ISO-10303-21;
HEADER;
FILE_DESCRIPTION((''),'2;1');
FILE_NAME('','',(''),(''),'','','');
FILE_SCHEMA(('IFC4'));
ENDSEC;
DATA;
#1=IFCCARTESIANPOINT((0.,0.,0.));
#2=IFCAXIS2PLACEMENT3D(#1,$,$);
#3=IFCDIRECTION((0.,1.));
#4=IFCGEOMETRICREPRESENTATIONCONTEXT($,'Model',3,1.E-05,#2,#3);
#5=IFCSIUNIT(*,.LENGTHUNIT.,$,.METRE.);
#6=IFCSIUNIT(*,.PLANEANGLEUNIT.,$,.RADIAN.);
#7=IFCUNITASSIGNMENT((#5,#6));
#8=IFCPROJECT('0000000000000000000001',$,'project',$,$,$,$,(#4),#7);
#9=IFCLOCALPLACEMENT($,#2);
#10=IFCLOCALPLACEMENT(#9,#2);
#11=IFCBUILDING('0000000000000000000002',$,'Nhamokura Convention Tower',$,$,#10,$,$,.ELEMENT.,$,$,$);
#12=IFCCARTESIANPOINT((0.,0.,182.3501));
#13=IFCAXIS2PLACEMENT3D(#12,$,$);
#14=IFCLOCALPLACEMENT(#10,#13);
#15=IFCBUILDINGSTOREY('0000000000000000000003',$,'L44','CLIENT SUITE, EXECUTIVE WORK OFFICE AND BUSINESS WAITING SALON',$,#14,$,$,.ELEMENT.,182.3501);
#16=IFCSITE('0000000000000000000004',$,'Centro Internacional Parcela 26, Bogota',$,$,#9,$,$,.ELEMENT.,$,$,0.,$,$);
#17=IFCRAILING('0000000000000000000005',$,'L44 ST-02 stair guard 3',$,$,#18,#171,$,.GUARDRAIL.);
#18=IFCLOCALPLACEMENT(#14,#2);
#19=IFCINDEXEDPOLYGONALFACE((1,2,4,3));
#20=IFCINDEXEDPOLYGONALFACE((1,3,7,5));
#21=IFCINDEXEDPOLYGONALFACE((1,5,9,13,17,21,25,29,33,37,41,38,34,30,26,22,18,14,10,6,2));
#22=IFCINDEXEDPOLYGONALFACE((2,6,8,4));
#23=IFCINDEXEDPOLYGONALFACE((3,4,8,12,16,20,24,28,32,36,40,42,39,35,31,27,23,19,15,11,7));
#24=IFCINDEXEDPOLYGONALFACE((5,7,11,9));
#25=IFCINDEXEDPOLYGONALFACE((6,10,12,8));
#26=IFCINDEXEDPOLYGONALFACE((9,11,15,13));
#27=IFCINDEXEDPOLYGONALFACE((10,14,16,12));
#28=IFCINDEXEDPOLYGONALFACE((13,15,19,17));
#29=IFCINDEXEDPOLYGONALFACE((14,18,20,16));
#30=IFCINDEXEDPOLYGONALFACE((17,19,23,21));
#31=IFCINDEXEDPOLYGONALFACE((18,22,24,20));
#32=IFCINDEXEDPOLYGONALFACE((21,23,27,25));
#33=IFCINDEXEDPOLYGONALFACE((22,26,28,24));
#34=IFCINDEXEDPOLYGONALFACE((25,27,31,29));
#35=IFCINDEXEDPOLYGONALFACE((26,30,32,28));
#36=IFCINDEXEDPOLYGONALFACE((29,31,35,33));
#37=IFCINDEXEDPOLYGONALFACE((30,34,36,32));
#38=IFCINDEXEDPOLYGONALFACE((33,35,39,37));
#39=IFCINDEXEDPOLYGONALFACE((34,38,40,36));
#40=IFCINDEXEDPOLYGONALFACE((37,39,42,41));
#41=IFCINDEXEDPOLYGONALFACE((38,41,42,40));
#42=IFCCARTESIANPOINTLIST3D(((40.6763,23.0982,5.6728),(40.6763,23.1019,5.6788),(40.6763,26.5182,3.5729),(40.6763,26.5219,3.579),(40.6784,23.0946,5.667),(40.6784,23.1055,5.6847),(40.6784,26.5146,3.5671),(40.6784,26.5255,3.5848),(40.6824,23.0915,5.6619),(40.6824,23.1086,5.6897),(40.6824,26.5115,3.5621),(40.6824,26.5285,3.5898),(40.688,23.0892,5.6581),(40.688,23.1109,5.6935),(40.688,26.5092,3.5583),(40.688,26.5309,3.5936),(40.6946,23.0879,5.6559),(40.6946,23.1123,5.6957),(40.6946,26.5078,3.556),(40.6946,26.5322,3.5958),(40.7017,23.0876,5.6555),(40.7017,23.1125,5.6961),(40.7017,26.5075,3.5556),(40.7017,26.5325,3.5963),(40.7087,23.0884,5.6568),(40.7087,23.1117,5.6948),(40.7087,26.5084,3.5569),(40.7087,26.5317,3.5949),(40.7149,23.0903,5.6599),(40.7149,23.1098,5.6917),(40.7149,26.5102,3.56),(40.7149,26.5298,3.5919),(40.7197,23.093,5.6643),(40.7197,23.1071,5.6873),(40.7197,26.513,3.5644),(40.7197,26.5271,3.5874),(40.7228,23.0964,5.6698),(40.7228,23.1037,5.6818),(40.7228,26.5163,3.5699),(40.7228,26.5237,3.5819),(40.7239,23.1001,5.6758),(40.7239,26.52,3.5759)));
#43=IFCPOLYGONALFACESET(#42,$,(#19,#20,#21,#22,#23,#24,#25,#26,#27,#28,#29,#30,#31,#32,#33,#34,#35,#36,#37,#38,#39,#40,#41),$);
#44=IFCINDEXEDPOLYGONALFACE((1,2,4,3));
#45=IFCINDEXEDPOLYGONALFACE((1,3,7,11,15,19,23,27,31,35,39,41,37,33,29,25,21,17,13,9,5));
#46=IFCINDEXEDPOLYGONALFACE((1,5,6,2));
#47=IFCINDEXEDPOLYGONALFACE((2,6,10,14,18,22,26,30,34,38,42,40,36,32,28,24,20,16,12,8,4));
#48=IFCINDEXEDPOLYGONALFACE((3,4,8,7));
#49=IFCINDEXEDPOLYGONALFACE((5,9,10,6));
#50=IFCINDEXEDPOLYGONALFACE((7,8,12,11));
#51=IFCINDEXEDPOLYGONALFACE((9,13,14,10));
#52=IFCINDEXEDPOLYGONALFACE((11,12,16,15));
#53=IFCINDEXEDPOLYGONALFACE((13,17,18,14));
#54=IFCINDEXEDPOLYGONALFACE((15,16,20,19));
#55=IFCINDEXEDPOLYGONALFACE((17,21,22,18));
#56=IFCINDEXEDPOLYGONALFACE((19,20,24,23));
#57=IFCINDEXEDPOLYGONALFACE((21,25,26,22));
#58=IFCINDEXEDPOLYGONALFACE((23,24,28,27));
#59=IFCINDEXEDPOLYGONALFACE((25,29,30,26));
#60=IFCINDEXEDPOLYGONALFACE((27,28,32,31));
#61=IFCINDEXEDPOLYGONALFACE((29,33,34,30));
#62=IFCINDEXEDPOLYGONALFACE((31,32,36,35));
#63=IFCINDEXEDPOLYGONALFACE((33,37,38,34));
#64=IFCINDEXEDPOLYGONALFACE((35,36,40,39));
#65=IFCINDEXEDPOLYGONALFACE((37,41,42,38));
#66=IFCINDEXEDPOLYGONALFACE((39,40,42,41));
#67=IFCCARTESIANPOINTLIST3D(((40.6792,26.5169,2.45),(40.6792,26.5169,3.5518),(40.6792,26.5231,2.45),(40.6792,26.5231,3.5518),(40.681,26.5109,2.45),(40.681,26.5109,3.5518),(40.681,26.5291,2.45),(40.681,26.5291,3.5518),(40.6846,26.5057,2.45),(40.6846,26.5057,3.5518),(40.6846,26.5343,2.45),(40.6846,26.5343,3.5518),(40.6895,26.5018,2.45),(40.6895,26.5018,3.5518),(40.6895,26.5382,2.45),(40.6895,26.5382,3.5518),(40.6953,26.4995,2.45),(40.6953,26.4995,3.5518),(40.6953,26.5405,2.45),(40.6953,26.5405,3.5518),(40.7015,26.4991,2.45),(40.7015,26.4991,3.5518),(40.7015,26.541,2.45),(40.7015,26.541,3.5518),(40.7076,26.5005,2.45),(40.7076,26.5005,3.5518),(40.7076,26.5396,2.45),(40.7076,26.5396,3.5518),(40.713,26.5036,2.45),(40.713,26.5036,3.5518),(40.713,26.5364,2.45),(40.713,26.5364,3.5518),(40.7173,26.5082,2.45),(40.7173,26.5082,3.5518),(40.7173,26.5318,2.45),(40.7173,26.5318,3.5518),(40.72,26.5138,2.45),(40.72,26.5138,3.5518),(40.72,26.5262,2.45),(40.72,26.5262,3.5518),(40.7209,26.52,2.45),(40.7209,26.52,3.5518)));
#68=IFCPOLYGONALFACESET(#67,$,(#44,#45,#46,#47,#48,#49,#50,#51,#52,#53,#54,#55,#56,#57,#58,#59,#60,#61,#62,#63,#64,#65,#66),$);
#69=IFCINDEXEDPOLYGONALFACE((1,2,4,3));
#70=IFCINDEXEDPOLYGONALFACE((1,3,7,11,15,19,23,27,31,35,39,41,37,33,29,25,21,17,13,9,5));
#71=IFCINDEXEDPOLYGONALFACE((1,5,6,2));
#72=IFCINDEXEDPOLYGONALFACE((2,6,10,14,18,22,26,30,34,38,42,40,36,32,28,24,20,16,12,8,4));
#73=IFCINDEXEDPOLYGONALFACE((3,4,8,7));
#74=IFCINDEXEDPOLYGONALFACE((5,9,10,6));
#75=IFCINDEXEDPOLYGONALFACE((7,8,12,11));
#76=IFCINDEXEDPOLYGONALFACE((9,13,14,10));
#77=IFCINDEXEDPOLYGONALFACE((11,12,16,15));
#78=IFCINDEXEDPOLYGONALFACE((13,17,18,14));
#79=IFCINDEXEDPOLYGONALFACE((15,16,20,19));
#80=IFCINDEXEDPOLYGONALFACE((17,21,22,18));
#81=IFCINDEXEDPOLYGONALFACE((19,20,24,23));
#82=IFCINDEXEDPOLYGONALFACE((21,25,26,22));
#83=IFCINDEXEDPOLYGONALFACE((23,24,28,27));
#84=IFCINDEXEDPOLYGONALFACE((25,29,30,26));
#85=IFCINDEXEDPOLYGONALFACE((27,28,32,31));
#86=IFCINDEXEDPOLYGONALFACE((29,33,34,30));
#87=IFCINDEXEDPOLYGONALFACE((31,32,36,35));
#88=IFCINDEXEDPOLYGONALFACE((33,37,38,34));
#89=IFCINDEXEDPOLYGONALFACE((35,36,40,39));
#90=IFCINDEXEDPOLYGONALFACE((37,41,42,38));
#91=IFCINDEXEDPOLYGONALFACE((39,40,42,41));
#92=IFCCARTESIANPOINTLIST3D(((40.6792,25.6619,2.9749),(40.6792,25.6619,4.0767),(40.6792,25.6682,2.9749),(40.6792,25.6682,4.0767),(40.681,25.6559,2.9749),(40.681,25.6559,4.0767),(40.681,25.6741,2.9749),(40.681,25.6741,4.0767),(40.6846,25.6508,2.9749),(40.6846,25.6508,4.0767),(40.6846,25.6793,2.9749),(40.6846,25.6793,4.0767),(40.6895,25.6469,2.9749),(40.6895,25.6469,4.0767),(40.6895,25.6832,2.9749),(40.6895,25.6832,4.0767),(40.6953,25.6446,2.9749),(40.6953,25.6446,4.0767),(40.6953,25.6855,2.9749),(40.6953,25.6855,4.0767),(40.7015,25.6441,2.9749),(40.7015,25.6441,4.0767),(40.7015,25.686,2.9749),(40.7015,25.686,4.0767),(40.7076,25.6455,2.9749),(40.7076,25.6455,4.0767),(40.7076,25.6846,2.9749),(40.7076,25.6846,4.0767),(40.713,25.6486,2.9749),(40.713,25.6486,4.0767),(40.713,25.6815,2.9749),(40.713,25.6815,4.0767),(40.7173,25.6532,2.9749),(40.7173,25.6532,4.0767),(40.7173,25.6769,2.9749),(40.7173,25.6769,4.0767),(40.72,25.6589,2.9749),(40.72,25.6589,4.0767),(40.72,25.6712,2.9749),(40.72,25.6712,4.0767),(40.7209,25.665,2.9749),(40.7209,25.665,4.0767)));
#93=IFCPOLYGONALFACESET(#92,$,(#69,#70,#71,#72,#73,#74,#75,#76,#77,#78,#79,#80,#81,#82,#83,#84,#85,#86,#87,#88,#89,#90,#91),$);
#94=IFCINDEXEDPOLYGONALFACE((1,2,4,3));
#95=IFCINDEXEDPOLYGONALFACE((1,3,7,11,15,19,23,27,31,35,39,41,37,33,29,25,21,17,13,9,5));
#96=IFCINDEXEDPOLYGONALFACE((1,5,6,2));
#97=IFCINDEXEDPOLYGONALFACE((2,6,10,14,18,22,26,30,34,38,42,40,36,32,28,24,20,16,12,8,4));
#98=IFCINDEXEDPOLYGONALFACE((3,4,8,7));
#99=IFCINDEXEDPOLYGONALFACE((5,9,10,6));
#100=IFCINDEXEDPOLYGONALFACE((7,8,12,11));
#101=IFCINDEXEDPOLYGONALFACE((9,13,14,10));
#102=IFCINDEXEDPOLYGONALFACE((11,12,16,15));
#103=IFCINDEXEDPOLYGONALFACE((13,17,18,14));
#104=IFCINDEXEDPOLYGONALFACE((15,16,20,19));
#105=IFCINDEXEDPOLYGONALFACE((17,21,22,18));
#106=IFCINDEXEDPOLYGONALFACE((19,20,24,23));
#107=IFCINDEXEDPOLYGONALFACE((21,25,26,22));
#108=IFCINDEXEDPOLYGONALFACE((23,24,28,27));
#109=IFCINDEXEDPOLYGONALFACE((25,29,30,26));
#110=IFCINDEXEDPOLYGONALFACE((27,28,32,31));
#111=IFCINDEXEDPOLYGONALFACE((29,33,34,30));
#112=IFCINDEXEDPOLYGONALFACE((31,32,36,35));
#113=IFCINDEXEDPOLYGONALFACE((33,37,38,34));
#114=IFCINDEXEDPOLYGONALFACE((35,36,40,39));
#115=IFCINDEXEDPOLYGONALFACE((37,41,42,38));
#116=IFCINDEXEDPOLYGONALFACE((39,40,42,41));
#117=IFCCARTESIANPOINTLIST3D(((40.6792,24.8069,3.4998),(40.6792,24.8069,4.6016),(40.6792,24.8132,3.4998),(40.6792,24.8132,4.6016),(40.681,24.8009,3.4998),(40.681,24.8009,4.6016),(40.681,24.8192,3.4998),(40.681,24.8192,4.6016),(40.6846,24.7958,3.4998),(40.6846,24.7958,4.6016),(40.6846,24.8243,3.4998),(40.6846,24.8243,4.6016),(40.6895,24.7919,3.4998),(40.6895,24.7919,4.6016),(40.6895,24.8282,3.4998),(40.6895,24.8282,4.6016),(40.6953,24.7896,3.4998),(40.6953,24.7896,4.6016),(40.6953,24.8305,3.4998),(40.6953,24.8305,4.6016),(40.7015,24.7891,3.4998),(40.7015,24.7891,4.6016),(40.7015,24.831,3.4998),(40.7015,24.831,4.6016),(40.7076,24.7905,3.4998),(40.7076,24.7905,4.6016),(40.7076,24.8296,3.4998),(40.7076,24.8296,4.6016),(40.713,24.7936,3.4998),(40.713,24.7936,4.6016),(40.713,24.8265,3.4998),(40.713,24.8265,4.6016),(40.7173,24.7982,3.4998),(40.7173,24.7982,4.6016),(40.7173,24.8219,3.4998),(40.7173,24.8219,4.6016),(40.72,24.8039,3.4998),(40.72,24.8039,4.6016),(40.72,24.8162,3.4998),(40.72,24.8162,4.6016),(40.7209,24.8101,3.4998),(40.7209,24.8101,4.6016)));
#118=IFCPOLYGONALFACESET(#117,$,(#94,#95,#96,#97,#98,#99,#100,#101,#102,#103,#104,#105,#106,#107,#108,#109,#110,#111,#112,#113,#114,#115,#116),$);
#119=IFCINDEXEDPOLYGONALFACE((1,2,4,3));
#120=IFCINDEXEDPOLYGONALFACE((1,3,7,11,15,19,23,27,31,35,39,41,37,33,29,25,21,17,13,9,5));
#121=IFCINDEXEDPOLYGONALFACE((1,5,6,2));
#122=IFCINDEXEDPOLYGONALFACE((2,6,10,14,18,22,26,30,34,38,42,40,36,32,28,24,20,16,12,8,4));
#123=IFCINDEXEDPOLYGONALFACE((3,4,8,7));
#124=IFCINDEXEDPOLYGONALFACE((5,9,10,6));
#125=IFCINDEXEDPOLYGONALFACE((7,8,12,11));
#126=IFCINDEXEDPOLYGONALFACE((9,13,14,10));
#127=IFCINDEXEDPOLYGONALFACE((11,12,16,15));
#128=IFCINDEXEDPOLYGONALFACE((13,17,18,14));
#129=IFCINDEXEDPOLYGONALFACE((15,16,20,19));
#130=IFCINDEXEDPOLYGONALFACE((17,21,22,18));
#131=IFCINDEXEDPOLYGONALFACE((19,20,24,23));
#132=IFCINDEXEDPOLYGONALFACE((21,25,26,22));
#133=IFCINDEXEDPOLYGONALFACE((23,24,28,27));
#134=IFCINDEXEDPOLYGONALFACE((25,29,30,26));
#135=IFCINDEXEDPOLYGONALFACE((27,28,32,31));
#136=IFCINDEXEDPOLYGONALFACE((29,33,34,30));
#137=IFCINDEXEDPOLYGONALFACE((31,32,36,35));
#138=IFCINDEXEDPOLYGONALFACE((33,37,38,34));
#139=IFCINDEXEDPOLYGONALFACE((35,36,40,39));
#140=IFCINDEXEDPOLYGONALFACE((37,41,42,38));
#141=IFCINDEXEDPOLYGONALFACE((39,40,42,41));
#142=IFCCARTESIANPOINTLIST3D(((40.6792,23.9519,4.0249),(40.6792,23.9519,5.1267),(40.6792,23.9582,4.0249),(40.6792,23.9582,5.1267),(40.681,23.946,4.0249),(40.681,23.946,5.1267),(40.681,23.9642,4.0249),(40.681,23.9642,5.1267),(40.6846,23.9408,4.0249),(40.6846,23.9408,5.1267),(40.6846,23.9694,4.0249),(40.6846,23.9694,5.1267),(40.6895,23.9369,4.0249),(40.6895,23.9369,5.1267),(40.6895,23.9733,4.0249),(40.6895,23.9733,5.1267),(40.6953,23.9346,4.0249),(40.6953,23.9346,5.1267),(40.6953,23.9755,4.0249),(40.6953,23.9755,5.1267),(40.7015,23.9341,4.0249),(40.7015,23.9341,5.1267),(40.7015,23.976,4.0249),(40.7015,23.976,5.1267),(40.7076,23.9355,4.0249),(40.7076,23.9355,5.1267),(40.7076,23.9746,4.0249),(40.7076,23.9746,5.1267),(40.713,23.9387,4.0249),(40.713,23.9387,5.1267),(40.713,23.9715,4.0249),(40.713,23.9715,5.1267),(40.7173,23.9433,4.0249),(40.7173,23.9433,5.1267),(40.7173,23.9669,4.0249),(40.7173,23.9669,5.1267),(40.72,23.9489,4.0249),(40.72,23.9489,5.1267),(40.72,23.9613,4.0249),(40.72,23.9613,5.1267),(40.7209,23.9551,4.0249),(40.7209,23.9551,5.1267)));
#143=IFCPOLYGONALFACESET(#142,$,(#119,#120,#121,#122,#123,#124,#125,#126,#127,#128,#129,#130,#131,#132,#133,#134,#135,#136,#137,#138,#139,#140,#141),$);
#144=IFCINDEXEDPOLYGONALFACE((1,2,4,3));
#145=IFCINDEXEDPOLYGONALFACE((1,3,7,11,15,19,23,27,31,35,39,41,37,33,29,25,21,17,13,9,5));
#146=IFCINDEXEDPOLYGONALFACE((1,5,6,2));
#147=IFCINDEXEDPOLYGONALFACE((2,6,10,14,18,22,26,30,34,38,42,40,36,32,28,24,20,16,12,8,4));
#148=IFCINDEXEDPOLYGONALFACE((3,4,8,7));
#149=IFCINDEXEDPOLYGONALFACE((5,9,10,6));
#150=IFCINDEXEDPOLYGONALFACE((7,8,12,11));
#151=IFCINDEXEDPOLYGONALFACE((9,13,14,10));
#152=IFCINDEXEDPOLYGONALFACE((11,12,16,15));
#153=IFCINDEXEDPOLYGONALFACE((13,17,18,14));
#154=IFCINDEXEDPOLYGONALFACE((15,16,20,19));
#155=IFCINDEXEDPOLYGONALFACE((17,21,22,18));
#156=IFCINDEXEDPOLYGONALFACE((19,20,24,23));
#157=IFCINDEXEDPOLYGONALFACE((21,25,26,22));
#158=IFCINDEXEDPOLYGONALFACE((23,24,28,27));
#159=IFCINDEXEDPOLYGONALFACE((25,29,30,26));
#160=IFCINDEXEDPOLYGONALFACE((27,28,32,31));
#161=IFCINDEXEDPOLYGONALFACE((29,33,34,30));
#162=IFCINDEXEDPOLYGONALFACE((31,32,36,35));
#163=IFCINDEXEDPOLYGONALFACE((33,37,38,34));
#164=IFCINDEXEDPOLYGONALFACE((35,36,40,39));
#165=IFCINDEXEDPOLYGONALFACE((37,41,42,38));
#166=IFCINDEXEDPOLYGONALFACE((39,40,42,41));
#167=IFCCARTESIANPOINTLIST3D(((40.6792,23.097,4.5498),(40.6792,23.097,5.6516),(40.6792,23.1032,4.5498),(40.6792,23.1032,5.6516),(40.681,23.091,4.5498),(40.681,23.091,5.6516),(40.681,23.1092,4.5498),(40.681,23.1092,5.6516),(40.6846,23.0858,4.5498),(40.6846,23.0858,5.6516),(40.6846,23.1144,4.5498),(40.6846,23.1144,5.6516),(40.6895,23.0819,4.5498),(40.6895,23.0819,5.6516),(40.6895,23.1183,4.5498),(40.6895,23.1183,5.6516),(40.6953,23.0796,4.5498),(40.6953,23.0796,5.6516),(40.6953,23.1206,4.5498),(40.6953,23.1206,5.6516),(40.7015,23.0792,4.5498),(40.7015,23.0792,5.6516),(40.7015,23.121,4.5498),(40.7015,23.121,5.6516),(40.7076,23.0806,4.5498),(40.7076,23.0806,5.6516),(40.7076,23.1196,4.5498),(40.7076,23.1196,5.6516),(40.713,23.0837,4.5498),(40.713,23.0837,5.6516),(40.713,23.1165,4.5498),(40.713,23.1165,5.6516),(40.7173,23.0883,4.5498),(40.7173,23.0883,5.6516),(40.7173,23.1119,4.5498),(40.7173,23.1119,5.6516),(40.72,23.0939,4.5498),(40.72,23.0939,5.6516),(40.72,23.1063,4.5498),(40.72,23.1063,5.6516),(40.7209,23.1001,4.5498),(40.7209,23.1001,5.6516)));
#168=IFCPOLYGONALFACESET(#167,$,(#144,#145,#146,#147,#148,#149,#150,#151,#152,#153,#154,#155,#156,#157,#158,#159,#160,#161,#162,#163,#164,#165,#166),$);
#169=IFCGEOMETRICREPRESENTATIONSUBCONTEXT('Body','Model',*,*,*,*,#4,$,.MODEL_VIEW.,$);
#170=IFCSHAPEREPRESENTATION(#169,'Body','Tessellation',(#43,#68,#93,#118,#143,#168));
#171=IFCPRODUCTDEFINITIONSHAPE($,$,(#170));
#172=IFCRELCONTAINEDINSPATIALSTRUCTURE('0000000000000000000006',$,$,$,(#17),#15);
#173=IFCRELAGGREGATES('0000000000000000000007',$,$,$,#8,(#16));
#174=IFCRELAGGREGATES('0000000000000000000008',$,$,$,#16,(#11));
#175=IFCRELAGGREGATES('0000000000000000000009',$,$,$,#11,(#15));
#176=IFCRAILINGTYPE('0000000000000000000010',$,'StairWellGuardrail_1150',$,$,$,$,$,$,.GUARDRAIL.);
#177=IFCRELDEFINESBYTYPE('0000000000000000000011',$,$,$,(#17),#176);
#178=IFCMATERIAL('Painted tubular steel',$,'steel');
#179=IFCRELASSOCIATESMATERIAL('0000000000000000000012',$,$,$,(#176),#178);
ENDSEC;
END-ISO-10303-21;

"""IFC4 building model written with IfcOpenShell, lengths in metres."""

from ifc_helpers import new_model, si_unit, direction, frame, origin, origin_2d, place, context, subcontext, project, spatial, circle, extrude, material, type_object, element, save


model = new_model("IFC4")

# Units and contexts
model_context = context("Model", 3, precision=1e-05, world=origin(), true_north=direction((0.0, 1.0)))
body_context = subcontext(model_context, "Body", "Model", "MODEL_VIEW")
ifc_project = project(units=[si_unit("LENGTHUNIT", "METRE"), si_unit("PLANEANGLEUNIT", "RADIAN")], contexts=[model_context])

# Site, building, storey
site_placement = place(None, origin())
site = spatial("IfcSite", under=ifc_project, at=site_placement, Name="Centro Internacional Parcela 26, Bogota", CompositionType="ELEMENT", RefElevation=0.0)
building_placement = place(site_placement, origin())
building = spatial("IfcBuilding", under=site, at=building_placement, Name="Nhamokura Convention Tower", CompositionType="ELEMENT")
storey_placement = place(building_placement, frame((0.0, 0.0, 182.3501)))
storey = spatial("IfcBuildingStorey", under=building, at=storey_placement, Name="L44", Description="CLIENT SUITE, EXECUTIVE WORK OFFICE AND BUSINESS WAITING SALON", CompositionType="ELEMENT", Elevation=182.3501)

# Railing
ifc_material_1 = material(Name="Painted tubular steel", Category="steel")
railing_type_1 = type_object("IfcRailingType", Name="StairWellGuardrail_1150", PredefinedType="GUARDRAIL", material=ifc_material_1)
railing_1_placement = place(storey_placement, frame((40.7, 26.52, 2.45)))
element("IfcRailing", 1, at=railing_1_placement, inside=storey, type_object=railing_type_1, Name="L44 ST-02 stair guard 3", PredefinedType="GUARDRAIL", context=body_context, shape_type="SweptSolid", body=[
    extrude(circle(Radius=0.0239, at=origin_2d()), frame((0.0, 0.0, 1.126), z_axis=(0.0, -0.852182, 0.523245), x_axis=(1.0, 0.0, 0.0)), (0.0, 0.0, 1.0), 4.0132),
    extrude(circle(Radius=0.021, at=origin_2d()), origin(), (0.0, 0.0, 1.0), 1.1018),
    extrude(circle(Radius=0.021, at=origin_2d()), frame((0.0, -0.855, 0.5249)), (0.0, 0.0, 1.0), 1.1018),
    extrude(circle(Radius=0.021, at=origin_2d()), frame((0.0, -1.71, 1.0498)), (0.0, 0.0, 1.0), 1.1018),
    extrude(circle(Radius=0.021, at=origin_2d()), frame((0.0, -2.5649, 1.575)), (0.0, 0.0, 1.0), 1.1018),
    extrude(circle(Radius=0.021, at=origin_2d()), frame((0.0, -3.4199, 2.0999)), (0.0, 0.0, 1.0), 1.1018),
])

save(model, "model.ifc")
